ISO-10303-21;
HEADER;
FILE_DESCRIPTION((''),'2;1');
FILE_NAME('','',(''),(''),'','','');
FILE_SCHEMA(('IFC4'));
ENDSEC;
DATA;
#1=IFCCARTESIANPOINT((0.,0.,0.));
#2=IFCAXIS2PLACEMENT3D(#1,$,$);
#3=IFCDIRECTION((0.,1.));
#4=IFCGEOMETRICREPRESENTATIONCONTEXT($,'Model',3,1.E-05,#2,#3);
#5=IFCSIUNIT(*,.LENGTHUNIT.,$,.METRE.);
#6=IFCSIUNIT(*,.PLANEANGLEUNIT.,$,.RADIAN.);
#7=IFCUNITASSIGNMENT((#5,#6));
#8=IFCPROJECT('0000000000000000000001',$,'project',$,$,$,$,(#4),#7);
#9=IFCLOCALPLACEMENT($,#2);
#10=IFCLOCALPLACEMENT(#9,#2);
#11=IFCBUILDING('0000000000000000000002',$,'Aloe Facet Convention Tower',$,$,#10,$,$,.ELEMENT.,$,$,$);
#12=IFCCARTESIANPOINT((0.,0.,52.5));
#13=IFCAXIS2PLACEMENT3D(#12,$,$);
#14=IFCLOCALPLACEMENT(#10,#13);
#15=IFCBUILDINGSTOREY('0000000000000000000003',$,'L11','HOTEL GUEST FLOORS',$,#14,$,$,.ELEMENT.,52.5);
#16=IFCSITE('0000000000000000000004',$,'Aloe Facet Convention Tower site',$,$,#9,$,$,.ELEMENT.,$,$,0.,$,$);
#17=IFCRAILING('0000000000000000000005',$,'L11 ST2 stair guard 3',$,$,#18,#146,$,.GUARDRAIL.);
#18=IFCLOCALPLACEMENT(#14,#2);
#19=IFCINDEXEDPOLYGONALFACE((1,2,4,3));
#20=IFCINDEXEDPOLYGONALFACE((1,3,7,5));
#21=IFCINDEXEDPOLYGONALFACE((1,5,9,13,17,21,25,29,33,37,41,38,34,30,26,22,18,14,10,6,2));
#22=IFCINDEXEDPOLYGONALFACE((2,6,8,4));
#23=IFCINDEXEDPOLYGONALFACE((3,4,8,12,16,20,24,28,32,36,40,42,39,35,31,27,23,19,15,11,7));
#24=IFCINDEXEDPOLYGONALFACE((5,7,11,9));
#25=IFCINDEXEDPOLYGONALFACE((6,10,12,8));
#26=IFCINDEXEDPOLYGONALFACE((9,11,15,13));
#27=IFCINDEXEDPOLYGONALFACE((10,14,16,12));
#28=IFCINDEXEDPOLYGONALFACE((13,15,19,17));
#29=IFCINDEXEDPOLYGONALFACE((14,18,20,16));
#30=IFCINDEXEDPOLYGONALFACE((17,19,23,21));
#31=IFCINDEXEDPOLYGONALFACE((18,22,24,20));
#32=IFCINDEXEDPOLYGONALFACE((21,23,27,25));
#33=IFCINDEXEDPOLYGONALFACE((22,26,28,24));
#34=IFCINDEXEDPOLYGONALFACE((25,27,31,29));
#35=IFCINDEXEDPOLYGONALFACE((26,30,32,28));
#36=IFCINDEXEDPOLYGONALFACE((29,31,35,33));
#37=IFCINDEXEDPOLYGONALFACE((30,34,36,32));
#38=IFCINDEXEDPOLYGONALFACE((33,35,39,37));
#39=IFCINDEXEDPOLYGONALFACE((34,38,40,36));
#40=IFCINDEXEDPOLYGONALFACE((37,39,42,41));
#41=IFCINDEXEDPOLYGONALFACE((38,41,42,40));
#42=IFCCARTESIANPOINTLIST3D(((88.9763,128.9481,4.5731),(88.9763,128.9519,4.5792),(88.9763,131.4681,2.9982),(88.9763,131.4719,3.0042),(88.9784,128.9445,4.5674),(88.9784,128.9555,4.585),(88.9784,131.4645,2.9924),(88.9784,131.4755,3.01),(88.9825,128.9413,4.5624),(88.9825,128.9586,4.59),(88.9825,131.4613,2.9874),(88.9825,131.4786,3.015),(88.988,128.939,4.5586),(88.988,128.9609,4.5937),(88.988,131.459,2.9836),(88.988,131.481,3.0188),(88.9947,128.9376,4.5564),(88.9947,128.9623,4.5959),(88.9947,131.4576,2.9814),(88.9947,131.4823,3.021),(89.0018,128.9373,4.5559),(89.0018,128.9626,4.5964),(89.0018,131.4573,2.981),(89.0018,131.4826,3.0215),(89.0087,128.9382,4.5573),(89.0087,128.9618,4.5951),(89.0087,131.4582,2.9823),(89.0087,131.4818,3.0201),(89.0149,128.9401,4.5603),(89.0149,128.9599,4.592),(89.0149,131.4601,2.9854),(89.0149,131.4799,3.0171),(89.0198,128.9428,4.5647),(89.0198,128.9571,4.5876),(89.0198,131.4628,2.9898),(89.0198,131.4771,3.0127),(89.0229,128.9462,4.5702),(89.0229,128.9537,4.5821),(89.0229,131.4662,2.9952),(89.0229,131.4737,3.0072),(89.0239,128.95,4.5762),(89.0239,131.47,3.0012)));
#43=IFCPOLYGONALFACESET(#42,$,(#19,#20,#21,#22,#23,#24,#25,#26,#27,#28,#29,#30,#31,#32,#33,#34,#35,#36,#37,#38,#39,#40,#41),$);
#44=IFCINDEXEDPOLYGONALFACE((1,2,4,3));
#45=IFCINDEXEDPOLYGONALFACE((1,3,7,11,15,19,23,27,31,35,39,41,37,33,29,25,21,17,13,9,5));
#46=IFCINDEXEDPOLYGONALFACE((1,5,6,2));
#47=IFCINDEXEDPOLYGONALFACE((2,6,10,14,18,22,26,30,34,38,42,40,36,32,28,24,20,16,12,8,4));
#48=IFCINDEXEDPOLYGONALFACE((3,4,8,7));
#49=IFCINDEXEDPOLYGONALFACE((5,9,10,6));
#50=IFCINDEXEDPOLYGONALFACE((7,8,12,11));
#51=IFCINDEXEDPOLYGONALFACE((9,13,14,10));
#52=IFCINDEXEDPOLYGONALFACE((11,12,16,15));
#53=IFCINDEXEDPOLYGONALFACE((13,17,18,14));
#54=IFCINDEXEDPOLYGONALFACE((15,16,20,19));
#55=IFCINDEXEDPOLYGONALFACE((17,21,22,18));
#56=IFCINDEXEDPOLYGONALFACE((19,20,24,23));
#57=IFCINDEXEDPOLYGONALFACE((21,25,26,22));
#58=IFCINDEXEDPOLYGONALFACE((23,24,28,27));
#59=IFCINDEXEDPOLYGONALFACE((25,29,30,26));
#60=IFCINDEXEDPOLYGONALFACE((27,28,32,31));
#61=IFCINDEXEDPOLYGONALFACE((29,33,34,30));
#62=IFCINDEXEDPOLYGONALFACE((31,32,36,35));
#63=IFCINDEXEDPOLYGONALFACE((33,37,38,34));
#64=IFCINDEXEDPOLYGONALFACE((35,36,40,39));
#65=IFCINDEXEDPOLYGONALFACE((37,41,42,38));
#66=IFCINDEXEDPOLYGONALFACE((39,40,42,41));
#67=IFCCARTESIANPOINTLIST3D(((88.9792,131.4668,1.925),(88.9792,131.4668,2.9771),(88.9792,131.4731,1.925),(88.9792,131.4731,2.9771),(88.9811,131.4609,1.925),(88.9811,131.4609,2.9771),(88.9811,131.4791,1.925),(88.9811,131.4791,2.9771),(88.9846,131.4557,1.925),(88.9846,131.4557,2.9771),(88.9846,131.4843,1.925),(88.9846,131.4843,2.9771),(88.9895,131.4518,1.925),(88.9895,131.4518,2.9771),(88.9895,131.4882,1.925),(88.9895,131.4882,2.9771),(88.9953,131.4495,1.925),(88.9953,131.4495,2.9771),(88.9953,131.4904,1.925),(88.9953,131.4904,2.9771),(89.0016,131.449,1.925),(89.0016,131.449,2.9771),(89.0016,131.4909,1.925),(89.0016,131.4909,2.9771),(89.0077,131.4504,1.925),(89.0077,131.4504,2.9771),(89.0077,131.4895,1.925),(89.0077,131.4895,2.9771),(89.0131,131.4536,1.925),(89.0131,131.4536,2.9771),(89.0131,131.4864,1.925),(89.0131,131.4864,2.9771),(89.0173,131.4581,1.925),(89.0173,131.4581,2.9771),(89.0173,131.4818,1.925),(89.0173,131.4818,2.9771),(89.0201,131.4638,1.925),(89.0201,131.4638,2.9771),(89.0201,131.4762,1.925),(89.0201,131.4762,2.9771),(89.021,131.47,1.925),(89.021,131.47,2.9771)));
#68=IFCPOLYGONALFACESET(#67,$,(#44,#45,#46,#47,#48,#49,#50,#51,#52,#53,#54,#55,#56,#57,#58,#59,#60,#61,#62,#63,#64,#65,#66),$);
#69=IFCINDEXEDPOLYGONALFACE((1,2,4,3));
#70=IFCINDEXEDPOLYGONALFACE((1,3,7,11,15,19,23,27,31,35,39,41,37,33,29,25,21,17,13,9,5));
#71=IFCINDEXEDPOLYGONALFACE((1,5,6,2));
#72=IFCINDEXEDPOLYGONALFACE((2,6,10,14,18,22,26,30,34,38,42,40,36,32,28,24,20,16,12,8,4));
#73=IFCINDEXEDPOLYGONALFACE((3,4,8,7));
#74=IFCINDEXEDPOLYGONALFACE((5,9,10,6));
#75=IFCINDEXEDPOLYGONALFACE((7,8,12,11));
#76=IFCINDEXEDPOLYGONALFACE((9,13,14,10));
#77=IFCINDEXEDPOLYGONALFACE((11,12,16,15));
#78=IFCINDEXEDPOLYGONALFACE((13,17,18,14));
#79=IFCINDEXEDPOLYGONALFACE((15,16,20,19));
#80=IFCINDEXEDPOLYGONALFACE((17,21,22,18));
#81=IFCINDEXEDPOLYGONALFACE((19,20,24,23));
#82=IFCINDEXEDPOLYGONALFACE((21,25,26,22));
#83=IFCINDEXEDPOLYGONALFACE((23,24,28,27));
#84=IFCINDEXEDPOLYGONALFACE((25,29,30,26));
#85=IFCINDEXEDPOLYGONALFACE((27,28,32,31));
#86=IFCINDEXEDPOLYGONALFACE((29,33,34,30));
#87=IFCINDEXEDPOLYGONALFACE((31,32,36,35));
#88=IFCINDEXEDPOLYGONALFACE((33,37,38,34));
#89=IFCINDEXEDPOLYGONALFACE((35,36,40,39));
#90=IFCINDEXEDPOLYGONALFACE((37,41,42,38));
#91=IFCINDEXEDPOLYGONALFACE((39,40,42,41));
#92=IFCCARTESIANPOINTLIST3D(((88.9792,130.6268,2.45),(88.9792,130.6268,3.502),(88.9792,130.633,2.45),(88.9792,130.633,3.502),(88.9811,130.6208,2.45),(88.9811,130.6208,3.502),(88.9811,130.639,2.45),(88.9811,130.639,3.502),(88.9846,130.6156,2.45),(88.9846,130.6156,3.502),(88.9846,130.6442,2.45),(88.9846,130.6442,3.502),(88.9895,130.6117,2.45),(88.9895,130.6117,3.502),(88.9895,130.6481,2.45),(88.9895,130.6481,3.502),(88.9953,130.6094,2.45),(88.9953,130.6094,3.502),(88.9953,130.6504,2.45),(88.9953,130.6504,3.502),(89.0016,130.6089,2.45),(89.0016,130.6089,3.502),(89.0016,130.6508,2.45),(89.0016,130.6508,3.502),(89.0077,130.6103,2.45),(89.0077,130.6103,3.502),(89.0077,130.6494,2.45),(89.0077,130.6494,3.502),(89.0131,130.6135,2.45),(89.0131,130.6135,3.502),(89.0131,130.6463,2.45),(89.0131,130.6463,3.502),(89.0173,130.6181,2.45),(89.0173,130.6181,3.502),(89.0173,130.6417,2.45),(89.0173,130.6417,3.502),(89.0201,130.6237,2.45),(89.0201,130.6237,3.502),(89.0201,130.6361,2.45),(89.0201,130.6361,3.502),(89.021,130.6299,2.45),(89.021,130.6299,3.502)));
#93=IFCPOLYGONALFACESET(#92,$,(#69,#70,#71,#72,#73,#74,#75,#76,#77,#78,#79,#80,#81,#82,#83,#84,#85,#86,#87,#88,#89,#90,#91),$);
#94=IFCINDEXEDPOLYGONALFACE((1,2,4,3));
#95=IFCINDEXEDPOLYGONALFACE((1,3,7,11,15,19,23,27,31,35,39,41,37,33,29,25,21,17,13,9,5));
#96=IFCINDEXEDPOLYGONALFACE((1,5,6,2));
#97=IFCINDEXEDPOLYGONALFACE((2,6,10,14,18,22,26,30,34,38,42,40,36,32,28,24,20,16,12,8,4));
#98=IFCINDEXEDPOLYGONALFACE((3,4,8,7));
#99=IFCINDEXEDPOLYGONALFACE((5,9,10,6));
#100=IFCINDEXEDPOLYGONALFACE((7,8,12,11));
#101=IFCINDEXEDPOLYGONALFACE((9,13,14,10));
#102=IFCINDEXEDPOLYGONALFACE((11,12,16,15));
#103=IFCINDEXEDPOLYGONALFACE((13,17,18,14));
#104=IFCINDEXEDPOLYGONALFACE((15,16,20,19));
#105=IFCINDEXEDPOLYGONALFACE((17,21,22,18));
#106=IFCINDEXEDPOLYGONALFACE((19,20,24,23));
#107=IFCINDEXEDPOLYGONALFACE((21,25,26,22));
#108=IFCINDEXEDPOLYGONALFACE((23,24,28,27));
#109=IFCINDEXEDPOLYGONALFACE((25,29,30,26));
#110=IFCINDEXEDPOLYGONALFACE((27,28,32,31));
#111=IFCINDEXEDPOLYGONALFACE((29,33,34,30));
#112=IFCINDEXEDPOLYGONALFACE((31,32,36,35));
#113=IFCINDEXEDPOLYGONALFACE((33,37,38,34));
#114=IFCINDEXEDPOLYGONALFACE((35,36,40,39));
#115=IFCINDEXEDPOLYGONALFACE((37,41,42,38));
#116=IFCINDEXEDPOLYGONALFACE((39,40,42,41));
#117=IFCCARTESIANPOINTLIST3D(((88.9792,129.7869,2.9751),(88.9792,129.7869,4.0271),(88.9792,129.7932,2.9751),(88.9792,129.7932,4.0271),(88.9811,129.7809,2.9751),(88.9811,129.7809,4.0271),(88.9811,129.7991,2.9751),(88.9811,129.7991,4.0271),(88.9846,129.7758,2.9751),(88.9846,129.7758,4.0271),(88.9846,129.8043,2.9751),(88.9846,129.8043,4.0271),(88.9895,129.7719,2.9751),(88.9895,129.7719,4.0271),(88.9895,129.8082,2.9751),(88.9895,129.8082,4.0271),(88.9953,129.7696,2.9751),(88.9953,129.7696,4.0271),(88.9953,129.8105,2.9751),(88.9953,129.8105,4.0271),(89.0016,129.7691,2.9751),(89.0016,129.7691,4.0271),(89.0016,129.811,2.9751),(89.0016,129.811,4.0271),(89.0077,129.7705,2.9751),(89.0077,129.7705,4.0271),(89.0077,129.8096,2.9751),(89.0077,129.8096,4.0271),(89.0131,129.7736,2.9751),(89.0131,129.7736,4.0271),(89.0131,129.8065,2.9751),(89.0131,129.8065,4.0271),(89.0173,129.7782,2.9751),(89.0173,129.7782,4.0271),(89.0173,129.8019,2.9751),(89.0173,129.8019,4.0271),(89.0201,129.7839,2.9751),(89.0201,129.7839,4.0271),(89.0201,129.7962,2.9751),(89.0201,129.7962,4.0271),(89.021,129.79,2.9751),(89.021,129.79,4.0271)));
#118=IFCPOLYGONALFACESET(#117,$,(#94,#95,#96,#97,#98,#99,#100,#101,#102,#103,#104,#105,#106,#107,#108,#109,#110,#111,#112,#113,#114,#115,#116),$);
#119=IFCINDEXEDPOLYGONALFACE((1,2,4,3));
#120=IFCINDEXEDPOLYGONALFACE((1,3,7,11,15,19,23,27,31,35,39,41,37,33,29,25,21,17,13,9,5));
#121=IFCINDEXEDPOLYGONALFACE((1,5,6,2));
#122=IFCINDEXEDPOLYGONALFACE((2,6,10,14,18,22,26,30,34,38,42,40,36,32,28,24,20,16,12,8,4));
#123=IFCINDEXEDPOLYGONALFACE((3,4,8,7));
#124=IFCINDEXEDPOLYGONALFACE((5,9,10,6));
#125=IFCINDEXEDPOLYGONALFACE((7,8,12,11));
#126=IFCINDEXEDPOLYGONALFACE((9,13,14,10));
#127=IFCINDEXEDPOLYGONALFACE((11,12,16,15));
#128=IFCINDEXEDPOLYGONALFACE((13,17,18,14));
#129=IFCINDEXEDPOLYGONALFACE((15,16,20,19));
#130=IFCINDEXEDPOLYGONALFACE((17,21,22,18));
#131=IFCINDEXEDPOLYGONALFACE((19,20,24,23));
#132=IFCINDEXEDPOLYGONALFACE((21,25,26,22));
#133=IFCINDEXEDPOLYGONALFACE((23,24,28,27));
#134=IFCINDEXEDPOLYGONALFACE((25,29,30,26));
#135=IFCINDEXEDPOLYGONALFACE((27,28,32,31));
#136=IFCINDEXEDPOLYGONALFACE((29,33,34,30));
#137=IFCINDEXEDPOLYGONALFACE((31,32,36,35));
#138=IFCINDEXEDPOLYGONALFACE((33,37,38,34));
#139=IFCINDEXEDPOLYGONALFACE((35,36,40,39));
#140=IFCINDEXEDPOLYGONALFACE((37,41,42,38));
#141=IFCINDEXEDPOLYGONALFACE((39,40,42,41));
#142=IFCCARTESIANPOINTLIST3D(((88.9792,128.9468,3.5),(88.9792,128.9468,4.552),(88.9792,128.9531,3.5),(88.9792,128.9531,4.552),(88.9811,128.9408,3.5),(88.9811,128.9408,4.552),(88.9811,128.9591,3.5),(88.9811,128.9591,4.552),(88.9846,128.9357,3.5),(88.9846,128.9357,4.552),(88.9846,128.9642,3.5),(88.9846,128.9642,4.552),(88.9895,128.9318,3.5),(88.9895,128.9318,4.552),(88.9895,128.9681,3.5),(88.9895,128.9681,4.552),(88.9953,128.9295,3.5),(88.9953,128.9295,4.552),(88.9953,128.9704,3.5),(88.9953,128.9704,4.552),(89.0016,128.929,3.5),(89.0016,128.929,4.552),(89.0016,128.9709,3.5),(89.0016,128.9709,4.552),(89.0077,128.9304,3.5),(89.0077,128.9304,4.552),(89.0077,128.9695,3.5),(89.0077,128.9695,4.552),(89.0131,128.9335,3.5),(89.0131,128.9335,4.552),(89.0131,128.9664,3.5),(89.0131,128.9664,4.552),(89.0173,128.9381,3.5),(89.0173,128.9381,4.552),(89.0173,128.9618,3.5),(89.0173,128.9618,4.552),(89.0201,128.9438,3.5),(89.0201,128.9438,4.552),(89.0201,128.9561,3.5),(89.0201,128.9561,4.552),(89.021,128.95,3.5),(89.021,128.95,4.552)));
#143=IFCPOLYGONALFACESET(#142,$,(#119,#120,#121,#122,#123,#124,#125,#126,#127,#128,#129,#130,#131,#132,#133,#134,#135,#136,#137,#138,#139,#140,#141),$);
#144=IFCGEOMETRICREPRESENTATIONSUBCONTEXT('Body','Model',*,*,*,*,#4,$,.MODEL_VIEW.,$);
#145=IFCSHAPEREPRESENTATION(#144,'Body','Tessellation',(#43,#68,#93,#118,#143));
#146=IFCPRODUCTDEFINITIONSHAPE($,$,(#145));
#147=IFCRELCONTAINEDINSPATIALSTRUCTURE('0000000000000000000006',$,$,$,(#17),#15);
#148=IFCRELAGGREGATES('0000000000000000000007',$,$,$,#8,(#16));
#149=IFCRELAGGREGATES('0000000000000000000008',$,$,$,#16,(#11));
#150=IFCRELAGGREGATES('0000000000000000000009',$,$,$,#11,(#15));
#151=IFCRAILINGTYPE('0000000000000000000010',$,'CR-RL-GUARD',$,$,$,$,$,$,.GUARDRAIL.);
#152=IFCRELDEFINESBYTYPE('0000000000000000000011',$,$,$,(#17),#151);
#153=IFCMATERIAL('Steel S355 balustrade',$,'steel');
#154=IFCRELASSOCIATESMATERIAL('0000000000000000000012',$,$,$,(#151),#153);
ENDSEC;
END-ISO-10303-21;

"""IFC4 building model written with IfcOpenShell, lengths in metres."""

from ifc_helpers import new_model, si_unit, direction, frame, origin, origin_2d, place, context, subcontext, project, spatial, circle, extrude, material, type_object, element, save


model = new_model("IFC4")

# Units and contexts
model_context = context("Model", 3, precision=1e-05, world=origin(), true_north=direction((0.0, 1.0)))
body_context = subcontext(model_context, "Body", "Model", "MODEL_VIEW")
ifc_project = project(units=[si_unit("LENGTHUNIT", "METRE"), si_unit("PLANEANGLEUNIT", "RADIAN")], contexts=[model_context])

# Site, building, storey
site_placement = place(None, origin())
site = spatial("IfcSite", under=ifc_project, at=site_placement, Name="Aloe Facet Convention Tower site", CompositionType="ELEMENT", RefElevation=0.0)
building_placement = place(site_placement, origin())
building = spatial("IfcBuilding", under=site, at=building_placement, Name="Aloe Facet Convention Tower", CompositionType="ELEMENT")
storey_placement = place(building_placement, frame((0.0, 0.0, 52.5)))
storey = spatial("IfcBuildingStorey", under=building, at=storey_placement, Name="L11", Description="HOTEL GUEST FLOORS", CompositionType="ELEMENT", Elevation=52.5)

# Railing
ifc_material_1 = material(Name="Steel S355 balustrade", Category="steel")
railing_type_1 = type_object("IfcRailingType", Name="CR-RL-GUARD", PredefinedType="GUARDRAIL", material=ifc_material_1)
railing_1_placement = place(storey_placement, frame((89.0, 131.47, 1.925)))
element("IfcRailing", 1, at=railing_1_placement, inside=storey, type_object=railing_type_1, Name="L11 ST2 stair guard 3", PredefinedType="GUARDRAIL", context=body_context, shape_type="SweptSolid", body=[
    extrude(circle(Radius=0.0239, at=origin_2d()), frame((0.0, 0.0, 1.0762), z_axis=(0.0, -0.848008, 0.529984), x_axis=(1.0, 0.0, 0.0)), (0.0, 0.0, 1.0), 2.9717),
    extrude(circle(Radius=0.021, at=origin_2d()), origin(), (0.0, 0.0, 1.0), 1.052),
    extrude(circle(Radius=0.021, at=origin_2d()), frame((0.0, -0.8401, 0.5249)), (0.0, 0.0, 1.0), 1.052),
    extrude(circle(Radius=0.021, at=origin_2d()), frame((0.0, -1.6799, 1.05)), (0.0, 0.0, 1.0), 1.052),
    extrude(circle(Radius=0.021, at=origin_2d()), frame((0.0, -2.52, 1.575)), (0.0, 0.0, 1.0), 1.052),
])

save(model, "model.ifc")
